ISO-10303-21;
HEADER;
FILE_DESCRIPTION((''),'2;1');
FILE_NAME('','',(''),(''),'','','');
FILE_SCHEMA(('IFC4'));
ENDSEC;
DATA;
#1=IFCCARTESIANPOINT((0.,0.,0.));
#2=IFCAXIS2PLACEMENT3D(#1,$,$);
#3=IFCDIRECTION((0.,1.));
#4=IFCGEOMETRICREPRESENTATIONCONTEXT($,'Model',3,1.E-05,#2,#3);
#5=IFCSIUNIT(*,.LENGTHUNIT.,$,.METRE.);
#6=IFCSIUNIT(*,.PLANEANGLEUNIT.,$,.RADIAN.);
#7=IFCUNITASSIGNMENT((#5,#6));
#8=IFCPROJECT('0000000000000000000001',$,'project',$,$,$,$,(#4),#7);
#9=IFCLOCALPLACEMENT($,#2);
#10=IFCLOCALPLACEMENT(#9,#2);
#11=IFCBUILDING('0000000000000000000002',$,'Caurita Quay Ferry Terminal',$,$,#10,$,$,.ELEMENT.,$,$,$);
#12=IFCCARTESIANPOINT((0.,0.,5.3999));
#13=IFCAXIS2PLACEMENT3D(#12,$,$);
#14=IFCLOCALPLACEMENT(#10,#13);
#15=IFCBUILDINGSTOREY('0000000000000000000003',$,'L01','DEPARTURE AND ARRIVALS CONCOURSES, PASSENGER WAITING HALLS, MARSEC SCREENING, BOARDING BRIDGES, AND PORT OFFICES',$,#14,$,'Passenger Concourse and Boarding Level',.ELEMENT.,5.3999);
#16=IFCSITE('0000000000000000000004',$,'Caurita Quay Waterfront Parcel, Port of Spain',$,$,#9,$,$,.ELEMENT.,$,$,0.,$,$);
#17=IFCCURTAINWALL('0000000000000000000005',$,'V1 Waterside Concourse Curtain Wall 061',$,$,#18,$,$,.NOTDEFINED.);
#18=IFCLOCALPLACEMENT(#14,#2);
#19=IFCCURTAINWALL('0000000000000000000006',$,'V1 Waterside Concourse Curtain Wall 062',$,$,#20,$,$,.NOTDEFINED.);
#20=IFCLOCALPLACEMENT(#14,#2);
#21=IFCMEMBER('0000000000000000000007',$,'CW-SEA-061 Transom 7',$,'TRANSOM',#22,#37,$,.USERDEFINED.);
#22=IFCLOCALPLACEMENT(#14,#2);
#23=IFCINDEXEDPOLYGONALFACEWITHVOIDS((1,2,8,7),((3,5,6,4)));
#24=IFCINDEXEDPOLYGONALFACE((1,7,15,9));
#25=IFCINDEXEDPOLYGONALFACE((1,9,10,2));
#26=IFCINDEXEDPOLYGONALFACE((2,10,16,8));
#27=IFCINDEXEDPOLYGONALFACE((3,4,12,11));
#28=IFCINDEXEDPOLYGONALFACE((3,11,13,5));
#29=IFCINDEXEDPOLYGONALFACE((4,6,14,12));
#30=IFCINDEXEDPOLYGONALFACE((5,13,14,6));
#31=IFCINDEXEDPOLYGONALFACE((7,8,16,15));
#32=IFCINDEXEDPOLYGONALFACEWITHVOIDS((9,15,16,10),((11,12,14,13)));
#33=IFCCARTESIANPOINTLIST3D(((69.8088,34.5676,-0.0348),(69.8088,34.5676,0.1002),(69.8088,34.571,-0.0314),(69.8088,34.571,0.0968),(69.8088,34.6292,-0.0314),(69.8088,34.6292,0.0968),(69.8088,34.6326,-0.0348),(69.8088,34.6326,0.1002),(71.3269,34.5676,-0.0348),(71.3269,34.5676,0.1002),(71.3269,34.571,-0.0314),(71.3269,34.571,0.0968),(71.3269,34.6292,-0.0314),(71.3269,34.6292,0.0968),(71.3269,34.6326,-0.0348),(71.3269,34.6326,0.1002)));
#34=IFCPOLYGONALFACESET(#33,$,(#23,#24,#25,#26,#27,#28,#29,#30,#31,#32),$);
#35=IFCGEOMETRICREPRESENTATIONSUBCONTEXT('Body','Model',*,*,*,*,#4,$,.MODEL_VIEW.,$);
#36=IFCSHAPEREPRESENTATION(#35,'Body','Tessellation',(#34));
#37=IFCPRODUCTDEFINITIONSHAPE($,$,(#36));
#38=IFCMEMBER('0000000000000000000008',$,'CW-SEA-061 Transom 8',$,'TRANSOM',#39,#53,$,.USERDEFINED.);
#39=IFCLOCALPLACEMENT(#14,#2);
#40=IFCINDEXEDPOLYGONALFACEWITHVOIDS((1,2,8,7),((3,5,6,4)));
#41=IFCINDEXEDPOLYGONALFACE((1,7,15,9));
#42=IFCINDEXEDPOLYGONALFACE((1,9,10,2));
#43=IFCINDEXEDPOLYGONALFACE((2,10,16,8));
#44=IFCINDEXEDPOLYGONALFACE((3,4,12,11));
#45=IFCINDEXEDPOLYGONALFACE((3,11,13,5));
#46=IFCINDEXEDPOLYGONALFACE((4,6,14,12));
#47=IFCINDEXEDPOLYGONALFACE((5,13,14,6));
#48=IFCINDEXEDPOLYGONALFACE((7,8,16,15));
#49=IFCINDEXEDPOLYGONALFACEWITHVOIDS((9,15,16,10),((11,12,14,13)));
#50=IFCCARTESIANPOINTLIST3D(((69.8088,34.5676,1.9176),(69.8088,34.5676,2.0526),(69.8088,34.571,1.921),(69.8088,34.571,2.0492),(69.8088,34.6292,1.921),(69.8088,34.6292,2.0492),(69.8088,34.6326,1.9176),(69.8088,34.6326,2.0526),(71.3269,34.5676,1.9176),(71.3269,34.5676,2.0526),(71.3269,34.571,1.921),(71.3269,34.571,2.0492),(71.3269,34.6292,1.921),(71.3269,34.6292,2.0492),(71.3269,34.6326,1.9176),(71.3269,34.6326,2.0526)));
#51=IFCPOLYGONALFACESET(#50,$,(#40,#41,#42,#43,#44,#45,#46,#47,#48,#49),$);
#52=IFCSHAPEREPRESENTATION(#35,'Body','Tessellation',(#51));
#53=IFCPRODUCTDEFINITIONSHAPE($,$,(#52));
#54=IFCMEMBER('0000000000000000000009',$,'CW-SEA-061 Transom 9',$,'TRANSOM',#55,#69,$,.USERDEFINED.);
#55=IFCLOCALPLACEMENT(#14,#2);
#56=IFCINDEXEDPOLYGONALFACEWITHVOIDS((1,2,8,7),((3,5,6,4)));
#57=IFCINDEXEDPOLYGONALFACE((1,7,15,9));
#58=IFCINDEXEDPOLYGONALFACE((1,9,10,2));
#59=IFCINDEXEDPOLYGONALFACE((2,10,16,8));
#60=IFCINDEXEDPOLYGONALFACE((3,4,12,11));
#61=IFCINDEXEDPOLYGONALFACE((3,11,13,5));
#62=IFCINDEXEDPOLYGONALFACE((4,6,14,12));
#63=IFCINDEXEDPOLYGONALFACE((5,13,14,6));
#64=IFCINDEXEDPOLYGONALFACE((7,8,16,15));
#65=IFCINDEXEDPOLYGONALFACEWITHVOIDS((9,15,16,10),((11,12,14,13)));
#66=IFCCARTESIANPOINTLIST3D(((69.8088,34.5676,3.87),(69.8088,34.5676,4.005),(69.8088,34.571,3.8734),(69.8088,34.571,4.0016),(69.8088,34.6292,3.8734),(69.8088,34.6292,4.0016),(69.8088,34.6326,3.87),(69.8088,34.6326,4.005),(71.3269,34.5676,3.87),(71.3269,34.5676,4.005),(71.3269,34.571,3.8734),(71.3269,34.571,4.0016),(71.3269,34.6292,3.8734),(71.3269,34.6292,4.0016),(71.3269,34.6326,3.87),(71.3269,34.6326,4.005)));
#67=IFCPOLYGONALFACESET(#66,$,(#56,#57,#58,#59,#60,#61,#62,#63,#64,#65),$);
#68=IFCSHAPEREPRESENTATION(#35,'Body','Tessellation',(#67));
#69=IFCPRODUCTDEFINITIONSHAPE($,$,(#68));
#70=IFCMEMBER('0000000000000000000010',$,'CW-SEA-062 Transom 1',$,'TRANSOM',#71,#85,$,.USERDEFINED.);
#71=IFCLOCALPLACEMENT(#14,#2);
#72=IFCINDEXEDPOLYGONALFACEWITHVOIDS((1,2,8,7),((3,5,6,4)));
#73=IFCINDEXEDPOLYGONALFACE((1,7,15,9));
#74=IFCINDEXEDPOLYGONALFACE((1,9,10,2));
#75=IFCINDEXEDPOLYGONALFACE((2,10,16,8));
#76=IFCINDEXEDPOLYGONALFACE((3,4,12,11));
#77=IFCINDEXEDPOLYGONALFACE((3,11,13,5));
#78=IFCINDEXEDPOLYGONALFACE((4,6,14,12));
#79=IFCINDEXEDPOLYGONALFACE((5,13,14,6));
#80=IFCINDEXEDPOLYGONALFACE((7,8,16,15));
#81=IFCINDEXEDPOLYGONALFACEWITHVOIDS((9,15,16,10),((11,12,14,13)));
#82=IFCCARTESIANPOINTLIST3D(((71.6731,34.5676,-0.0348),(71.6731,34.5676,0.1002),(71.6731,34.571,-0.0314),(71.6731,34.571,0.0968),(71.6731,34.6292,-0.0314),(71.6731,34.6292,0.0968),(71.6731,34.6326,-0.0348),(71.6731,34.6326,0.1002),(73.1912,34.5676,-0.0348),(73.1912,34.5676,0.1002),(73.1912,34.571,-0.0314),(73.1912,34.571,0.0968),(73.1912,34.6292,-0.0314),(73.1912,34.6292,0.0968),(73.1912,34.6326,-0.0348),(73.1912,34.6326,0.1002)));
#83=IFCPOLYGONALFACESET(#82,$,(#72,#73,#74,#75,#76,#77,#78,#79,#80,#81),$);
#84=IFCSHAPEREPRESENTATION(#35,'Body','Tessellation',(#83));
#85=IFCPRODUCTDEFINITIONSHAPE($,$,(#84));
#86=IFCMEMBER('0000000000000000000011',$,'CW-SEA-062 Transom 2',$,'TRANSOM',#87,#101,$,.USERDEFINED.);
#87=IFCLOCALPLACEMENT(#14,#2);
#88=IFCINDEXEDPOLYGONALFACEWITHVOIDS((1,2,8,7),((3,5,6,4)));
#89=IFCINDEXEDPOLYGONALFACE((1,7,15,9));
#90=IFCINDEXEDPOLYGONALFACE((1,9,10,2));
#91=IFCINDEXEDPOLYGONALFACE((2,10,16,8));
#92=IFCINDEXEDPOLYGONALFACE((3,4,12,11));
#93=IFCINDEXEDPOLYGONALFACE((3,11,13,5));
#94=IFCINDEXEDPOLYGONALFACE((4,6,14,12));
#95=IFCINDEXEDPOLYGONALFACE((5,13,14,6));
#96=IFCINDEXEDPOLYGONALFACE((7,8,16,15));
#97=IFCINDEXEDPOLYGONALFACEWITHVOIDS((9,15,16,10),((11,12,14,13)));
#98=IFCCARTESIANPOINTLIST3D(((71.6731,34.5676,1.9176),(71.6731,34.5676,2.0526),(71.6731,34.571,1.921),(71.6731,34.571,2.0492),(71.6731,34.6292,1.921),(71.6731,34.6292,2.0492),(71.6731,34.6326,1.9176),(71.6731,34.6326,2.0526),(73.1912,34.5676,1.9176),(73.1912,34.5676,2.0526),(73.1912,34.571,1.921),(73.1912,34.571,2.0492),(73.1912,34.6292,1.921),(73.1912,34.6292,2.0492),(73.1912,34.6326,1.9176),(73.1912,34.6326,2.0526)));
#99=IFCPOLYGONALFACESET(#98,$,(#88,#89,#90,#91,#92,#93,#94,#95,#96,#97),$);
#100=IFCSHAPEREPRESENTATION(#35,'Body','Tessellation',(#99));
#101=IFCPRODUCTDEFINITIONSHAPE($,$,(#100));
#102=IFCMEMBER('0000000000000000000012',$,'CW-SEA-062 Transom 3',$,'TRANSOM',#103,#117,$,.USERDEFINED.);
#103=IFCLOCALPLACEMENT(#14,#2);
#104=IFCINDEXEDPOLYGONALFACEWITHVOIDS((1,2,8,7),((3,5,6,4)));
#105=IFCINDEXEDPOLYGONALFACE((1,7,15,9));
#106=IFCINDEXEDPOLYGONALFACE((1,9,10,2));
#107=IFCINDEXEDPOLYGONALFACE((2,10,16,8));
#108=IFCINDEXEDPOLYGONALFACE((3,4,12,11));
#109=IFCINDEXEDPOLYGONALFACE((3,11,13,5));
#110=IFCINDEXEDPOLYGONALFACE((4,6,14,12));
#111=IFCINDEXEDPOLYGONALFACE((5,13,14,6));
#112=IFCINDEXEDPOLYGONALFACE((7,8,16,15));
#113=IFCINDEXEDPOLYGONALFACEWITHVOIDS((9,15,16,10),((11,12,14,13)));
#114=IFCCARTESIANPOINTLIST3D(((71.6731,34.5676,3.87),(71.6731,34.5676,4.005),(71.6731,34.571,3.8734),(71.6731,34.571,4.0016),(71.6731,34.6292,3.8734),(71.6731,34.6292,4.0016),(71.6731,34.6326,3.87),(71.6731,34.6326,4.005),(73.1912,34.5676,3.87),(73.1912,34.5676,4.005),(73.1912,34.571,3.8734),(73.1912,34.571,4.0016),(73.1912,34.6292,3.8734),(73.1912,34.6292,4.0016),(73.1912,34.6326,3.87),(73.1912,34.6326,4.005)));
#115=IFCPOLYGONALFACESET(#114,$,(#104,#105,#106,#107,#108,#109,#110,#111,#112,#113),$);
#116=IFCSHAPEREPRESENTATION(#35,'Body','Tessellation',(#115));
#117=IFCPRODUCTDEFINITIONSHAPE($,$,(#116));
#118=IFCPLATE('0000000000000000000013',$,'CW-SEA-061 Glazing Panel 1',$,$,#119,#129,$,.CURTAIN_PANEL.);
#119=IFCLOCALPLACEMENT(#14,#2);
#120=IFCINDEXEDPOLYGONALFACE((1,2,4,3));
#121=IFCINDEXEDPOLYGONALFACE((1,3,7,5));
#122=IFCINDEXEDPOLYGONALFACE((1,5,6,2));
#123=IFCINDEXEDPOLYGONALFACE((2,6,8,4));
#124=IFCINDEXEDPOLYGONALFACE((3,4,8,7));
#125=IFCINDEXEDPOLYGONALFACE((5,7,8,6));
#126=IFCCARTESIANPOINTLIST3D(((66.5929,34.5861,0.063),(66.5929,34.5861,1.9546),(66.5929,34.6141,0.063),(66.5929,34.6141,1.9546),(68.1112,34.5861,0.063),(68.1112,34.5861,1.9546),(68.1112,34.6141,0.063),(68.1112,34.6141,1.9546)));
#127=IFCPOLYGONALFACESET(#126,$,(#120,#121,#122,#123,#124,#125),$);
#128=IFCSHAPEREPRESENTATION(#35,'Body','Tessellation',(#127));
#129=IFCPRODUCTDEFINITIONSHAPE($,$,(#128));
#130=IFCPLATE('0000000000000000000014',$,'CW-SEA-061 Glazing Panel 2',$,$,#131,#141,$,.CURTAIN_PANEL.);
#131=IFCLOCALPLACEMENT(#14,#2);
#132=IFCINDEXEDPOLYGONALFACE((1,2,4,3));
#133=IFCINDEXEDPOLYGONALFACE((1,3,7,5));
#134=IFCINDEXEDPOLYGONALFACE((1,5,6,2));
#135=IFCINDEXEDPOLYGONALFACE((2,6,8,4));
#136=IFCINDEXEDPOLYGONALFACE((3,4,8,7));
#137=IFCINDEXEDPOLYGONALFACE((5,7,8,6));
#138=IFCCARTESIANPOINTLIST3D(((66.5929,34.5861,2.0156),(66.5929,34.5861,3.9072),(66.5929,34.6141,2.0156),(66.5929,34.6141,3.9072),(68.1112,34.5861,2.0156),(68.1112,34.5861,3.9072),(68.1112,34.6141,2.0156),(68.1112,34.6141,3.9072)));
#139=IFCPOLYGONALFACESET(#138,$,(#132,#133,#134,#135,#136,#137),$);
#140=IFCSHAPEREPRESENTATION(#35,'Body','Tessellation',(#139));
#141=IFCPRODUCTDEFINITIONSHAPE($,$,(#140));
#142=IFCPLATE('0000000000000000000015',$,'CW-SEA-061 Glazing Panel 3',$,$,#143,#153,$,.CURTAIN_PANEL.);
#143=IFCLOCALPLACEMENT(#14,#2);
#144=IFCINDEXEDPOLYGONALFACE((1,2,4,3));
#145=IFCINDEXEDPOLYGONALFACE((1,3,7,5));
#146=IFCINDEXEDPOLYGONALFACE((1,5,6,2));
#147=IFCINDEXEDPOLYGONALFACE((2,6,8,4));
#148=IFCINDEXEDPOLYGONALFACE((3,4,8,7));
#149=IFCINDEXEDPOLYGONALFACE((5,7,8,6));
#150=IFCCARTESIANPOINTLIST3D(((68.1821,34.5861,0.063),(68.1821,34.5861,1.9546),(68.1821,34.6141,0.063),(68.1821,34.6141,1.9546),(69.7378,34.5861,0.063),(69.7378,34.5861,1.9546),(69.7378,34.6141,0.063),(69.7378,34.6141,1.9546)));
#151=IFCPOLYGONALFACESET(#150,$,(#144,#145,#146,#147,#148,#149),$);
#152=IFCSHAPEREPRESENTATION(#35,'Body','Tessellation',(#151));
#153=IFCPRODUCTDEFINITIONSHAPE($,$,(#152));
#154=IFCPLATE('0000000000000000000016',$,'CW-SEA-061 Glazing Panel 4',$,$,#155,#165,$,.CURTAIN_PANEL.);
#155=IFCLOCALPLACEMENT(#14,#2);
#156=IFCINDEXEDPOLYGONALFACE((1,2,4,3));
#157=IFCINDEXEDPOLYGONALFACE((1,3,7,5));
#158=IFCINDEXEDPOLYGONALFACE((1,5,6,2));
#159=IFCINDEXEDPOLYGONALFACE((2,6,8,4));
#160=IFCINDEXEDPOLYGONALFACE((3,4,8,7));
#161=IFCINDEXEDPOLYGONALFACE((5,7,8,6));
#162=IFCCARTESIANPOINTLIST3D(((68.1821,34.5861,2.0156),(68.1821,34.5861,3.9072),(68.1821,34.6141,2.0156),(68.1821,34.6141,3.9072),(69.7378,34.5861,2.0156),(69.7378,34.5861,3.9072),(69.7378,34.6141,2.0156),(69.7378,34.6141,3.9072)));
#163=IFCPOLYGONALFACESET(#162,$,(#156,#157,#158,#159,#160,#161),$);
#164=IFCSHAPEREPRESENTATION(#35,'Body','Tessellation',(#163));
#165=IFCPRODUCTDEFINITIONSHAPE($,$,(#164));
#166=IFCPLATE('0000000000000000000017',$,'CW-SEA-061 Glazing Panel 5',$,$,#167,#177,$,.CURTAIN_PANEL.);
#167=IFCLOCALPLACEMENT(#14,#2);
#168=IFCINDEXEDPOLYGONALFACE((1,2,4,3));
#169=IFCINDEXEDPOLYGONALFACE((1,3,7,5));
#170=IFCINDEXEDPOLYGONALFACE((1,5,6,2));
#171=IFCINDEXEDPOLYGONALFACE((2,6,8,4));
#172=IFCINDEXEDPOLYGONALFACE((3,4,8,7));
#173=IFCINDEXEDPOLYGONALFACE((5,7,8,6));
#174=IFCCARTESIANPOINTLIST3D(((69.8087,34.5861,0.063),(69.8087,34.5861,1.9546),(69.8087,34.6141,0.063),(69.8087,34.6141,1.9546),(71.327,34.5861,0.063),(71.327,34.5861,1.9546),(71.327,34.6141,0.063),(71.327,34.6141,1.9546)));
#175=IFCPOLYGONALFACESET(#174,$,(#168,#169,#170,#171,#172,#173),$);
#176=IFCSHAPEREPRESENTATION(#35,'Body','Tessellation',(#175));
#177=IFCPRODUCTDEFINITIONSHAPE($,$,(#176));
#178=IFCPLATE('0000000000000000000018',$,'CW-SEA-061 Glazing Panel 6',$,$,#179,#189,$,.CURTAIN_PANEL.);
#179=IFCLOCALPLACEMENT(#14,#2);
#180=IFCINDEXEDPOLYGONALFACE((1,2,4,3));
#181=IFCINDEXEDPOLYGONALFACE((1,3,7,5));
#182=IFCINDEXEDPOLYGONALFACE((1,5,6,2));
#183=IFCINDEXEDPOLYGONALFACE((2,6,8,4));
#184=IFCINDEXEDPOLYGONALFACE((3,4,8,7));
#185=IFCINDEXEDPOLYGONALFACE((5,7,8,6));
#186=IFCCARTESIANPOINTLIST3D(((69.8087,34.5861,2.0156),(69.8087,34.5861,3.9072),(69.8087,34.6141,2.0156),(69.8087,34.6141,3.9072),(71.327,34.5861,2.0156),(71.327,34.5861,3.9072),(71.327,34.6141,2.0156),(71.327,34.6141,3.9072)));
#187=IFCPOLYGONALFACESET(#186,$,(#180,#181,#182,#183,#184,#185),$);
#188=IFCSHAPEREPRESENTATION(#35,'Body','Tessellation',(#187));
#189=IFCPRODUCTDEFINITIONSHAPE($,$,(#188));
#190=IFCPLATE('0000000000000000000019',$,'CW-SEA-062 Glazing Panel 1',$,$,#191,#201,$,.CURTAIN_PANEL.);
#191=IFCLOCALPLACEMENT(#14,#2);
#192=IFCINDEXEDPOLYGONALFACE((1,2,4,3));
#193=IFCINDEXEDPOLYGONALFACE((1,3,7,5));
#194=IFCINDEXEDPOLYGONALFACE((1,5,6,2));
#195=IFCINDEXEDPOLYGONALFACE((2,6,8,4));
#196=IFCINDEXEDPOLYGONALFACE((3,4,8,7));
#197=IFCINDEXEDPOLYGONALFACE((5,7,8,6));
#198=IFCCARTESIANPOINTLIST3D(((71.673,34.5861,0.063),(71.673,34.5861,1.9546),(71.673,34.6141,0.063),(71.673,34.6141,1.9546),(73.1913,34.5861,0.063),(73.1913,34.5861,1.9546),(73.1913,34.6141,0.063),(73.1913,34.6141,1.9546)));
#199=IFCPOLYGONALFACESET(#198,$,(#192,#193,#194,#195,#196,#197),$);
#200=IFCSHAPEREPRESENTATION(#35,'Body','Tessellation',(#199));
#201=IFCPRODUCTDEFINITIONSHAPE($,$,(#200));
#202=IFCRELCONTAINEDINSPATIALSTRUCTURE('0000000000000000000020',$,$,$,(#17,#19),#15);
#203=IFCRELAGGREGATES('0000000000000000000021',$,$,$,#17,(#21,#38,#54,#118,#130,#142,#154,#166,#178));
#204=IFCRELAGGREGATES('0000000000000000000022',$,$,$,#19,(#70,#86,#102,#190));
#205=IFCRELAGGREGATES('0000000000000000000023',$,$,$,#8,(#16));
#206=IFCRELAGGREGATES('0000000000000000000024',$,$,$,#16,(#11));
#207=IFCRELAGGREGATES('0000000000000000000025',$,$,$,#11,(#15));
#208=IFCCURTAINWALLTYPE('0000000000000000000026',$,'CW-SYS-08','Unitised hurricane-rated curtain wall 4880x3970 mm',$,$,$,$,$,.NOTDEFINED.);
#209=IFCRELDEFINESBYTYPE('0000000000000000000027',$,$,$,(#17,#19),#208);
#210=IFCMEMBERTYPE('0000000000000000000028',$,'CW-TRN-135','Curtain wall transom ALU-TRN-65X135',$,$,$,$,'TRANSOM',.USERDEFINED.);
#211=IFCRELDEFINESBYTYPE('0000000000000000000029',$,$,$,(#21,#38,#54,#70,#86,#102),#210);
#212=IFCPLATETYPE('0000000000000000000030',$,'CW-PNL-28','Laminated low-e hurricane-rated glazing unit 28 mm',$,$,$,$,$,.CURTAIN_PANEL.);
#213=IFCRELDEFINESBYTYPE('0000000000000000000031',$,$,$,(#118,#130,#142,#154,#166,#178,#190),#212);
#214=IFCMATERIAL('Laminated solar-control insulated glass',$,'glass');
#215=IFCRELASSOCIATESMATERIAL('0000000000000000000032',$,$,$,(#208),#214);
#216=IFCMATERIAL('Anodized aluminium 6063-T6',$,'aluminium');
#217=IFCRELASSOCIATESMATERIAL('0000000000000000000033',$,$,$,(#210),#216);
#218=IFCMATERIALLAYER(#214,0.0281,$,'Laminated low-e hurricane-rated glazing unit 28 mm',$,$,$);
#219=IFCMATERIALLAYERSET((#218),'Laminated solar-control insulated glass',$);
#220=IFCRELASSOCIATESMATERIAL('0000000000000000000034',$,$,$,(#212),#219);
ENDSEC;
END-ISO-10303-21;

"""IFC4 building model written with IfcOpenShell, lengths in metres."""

from ifc_helpers import new_model, si_unit, direction, frame, origin, origin_2d, place, context, subcontext, project, spatial, rectangle, hollow_rectangle, extrude, material, layer, layer_set, material_profile, profile_set, type_object, element, aggregate, save


model = new_model("IFC4")

# Units and contexts
model_context = context("Model", 3, precision=1e-05, world=origin(), true_north=direction((0.0, 1.0)))
body_context = subcontext(model_context, "Body", "Model", "MODEL_VIEW")
ifc_project = project(units=[si_unit("LENGTHUNIT", "METRE"), si_unit("PLANEANGLEUNIT", "RADIAN")], contexts=[model_context])

# Site, building, storey
site_placement = place(None, origin())
site = spatial("IfcSite", under=ifc_project, at=site_placement, Name="Caurita Quay Waterfront Parcel, Port of Spain", CompositionType="ELEMENT", RefElevation=0.0)
building_placement = place(site_placement, origin())
building = spatial("IfcBuilding", under=site, at=building_placement, Name="Caurita Quay Ferry Terminal", CompositionType="ELEMENT")
storey_placement = place(building_placement, frame((0.0, 0.0, 5.3999)))
storey = spatial("IfcBuildingStorey", under=building, at=storey_placement, Name="L01", Description="DEPARTURE AND ARRIVALS CONCOURSES, PASSENGER WAITING HALLS, MARSEC SCREENING, BOARDING BRIDGES, AND PORT OFFICES", LongName="Passenger Concourse and Boarding Level", CompositionType="ELEMENT", Elevation=5.3999)

# Curtain walls
ifc_material_1 = material(Name="Laminated solar-control insulated glass", Category="glass")
curtain_wall_type = type_object("IfcCurtainWallType", Name="CW-SYS-08", Description="Unitised hurricane-rated curtain wall 4880x3970 mm", PredefinedType="NOTDEFINED", material=ifc_material_1)
curtain_wall_1_placement = place(storey_placement, origin())
curtain_wall_1 = element("IfcCurtainWall", 1, at=curtain_wall_1_placement, inside=storey, type_object=curtain_wall_type, Name="V1 Waterside Concourse Curtain Wall 061", PredefinedType="NOTDEFINED")
ifc_material_2 = material(Name="Anodized aluminium 6063-T6", Category="aluminium")
curtain_wall_2_placement = place(storey_placement, origin())
curtain_wall_2 = element("IfcCurtainWall", 2, at=curtain_wall_2_placement, inside=storey, type_object=curtain_wall_type, Name="V1 Waterside Concourse Curtain Wall 062", PredefinedType="NOTDEFINED")

# Members
ifc_material_profile_1 = material_profile(ifc_material_2, hollow_rectangle(XDim=0.0649, YDim=0.135, WallThickness=0.0034, at=origin_2d()), Name="ALU-TRN-65X135")
ifc_profile_set_1 = profile_set([ifc_material_profile_1], Name="Anodized aluminium 6063-T6")
member_type_1 = type_object("IfcMemberType", Name="CW-TRN-135", Description="Curtain wall transom ALU-TRN-65X135", ElementType="TRANSOM", PredefinedType="USERDEFINED", material=ifc_profile_set_1)
member_1_placement = place(storey_placement, frame((69.8088, 34.6001, 0.0327), z_axis=(1.0, 0.0, 0.0), x_axis=(0.0, 1.0, 0.0)))
member_1 = element("IfcMember", 3, at=member_1_placement, type_object=member_type_1, Name="CW-SEA-061 Transom 7", ObjectType="TRANSOM", PredefinedType="USERDEFINED", context=body_context, shape_type="SweptSolid", body=[
    extrude(hollow_rectangle(XDim=0.0649, YDim=0.135, WallThickness=0.0034, at=origin_2d()), origin(), (0.0, 0.0, 1.0), 1.5181),
])
member_2_placement = place(storey_placement, frame((69.8088, 34.6001, 1.9851), z_axis=(1.0, 0.0, 0.0), x_axis=(0.0, 1.0, 0.0)))
member_2 = element("IfcMember", 4, at=member_2_placement, type_object=member_type_1, Name="CW-SEA-061 Transom 8", ObjectType="TRANSOM", PredefinedType="USERDEFINED", context=body_context, shape_type="SweptSolid", body=[
    extrude(hollow_rectangle(XDim=0.0649, YDim=0.135, WallThickness=0.0034, at=origin_2d()), origin(), (0.0, 0.0, 1.0), 1.5181),
])
member_3_placement = place(storey_placement, frame((69.8088, 34.6001, 3.9375), z_axis=(1.0, 0.0, 0.0), x_axis=(0.0, 1.0, 0.0)))
member_3 = element("IfcMember", 5, at=member_3_placement, type_object=member_type_1, Name="CW-SEA-061 Transom 9", ObjectType="TRANSOM", PredefinedType="USERDEFINED", context=body_context, shape_type="SweptSolid", body=[
    extrude(hollow_rectangle(XDim=0.0649, YDim=0.135, WallThickness=0.0034, at=origin_2d()), origin(), (0.0, 0.0, 1.0), 1.5181),
])
member_4_placement = place(storey_placement, frame((71.6731, 34.6001, 0.0327), z_axis=(1.0, 0.0, 0.0), x_axis=(0.0, 1.0, 0.0)))
member_4 = element("IfcMember", 6, at=member_4_placement, type_object=member_type_1, Name="CW-SEA-062 Transom 1", ObjectType="TRANSOM", PredefinedType="USERDEFINED", context=body_context, shape_type="SweptSolid", body=[
    extrude(hollow_rectangle(XDim=0.0649, YDim=0.135, WallThickness=0.0034, at=origin_2d()), origin(), (0.0, 0.0, 1.0), 1.5181),
])
member_5_placement = place(storey_placement, frame((71.6731, 34.6001, 1.9851), z_axis=(1.0, 0.0, 0.0), x_axis=(0.0, 1.0, 0.0)))
member_5 = element("IfcMember", 7, at=member_5_placement, type_object=member_type_1, Name="CW-SEA-062 Transom 2", ObjectType="TRANSOM", PredefinedType="USERDEFINED", context=body_context, shape_type="SweptSolid", body=[
    extrude(hollow_rectangle(XDim=0.0649, YDim=0.135, WallThickness=0.0034, at=origin_2d()), origin(), (0.0, 0.0, 1.0), 1.5181),
])
member_6_placement = place(storey_placement, frame((71.6731, 34.6001, 3.9375), z_axis=(1.0, 0.0, 0.0), x_axis=(0.0, 1.0, 0.0)))
member_6 = element("IfcMember", 8, at=member_6_placement, type_object=member_type_1, Name="CW-SEA-062 Transom 3", ObjectType="TRANSOM", PredefinedType="USERDEFINED", context=body_context, shape_type="SweptSolid", body=[
    extrude(hollow_rectangle(XDim=0.0649, YDim=0.135, WallThickness=0.0034, at=origin_2d()), origin(), (0.0, 0.0, 1.0), 1.5181),
])

# Plates
ifc_layer_1 = layer(ifc_material_1, 0.0281, Name="Laminated low-e hurricane-rated glazing unit 28 mm")
ifc_layer_set_1 = layer_set([ifc_layer_1], Name="Laminated solar-control insulated glass")
plate_type = type_object("IfcPlateType", Name="CW-PNL-28", Description="Laminated low-e hurricane-rated glazing unit 28 mm", PredefinedType="CURTAIN_PANEL", material=ifc_layer_set_1)
plate_1_placement = place(storey_placement, frame((67.3521, 34.6001, 0.063), z_axis=(0.0, 0.0, 1.0), x_axis=(1.0, 0.0, 0.0)))
plate_1 = element("IfcPlate", 9, at=plate_1_placement, type_object=plate_type, Name="CW-SEA-061 Glazing Panel 1", PredefinedType="CURTAIN_PANEL", context=body_context, shape_type="SweptSolid", body=[
    extrude(rectangle(XDim=1.5183, YDim=0.0281, at=origin_2d()), origin(), (0.0, 0.0, 1.0), 1.8916),
])
plate_2_placement = place(storey_placement, frame((67.3521, 34.6001, 2.0156), z_axis=(0.0, 0.0, 1.0), x_axis=(1.0, 0.0, 0.0)))
plate_2 = element("IfcPlate", 10, at=plate_2_placement, type_object=plate_type, Name="CW-SEA-061 Glazing Panel 2", PredefinedType="CURTAIN_PANEL", context=body_context, shape_type="SweptSolid", body=[
    extrude(rectangle(XDim=1.5183, YDim=0.0281, at=origin_2d()), origin(), (0.0, 0.0, 1.0), 1.8916),
])
plate_3_placement = place(storey_placement, frame((68.96, 34.6001, 0.063), z_axis=(0.0, 0.0, 1.0), x_axis=(1.0, 0.0, 0.0)))
plate_3 = element("IfcPlate", 11, at=plate_3_placement, type_object=plate_type, Name="CW-SEA-061 Glazing Panel 3", PredefinedType="CURTAIN_PANEL", context=body_context, shape_type="SweptSolid", body=[
    extrude(rectangle(XDim=1.5557, YDim=0.0281, at=origin_2d()), origin(), (0.0, 0.0, 1.0), 1.8916),
])
plate_4_placement = place(storey_placement, frame((68.96, 34.6001, 2.0156), z_axis=(0.0, 0.0, 1.0), x_axis=(1.0, 0.0, 0.0)))
plate_4 = element("IfcPlate", 12, at=plate_4_placement, type_object=plate_type, Name="CW-SEA-061 Glazing Panel 4", PredefinedType="CURTAIN_PANEL", context=body_context, shape_type="SweptSolid", body=[
    extrude(rectangle(XDim=1.5557, YDim=0.0281, at=origin_2d()), origin(), (0.0, 0.0, 1.0), 1.8916),
])
plate_5_placement = place(storey_placement, frame((70.5679, 34.6001, 0.063), z_axis=(0.0, 0.0, 1.0), x_axis=(1.0, 0.0, 0.0)))
plate_5 = element("IfcPlate", 13, at=plate_5_placement, type_object=plate_type, Name="CW-SEA-061 Glazing Panel 5", PredefinedType="CURTAIN_PANEL", context=body_context, shape_type="SweptSolid", body=[
    extrude(rectangle(XDim=1.5183, YDim=0.0281, at=origin_2d()), origin(), (0.0, 0.0, 1.0), 1.8916),
])
plate_6_placement = place(storey_placement, frame((70.5679, 34.6001, 2.0156), z_axis=(0.0, 0.0, 1.0), x_axis=(1.0, 0.0, 0.0)))
plate_6 = element("IfcPlate", 14, at=plate_6_placement, type_object=plate_type, Name="CW-SEA-061 Glazing Panel 6", PredefinedType="CURTAIN_PANEL", context=body_context, shape_type="SweptSolid", body=[
    extrude(rectangle(XDim=1.5183, YDim=0.0281, at=origin_2d()), origin(), (0.0, 0.0, 1.0), 1.8916),
])
aggregate(curtain_wall_1, [member_1, member_2, member_3, plate_1, plate_2, plate_3, plate_4, plate_5, plate_6])
plate_7_placement = place(storey_placement, frame((72.4321, 34.6001, 0.063), z_axis=(0.0, 0.0, 1.0), x_axis=(1.0, 0.0, 0.0)))
plate_7 = element("IfcPlate", 15, at=plate_7_placement, type_object=plate_type, Name="CW-SEA-062 Glazing Panel 1", PredefinedType="CURTAIN_PANEL", context=body_context, shape_type="SweptSolid", body=[
    extrude(rectangle(XDim=1.5183, YDim=0.0281, at=origin_2d()), origin(), (0.0, 0.0, 1.0), 1.8916),
])
aggregate(curtain_wall_2, [member_4, member_5, member_6, plate_7])

save(model, "model.ifc")
